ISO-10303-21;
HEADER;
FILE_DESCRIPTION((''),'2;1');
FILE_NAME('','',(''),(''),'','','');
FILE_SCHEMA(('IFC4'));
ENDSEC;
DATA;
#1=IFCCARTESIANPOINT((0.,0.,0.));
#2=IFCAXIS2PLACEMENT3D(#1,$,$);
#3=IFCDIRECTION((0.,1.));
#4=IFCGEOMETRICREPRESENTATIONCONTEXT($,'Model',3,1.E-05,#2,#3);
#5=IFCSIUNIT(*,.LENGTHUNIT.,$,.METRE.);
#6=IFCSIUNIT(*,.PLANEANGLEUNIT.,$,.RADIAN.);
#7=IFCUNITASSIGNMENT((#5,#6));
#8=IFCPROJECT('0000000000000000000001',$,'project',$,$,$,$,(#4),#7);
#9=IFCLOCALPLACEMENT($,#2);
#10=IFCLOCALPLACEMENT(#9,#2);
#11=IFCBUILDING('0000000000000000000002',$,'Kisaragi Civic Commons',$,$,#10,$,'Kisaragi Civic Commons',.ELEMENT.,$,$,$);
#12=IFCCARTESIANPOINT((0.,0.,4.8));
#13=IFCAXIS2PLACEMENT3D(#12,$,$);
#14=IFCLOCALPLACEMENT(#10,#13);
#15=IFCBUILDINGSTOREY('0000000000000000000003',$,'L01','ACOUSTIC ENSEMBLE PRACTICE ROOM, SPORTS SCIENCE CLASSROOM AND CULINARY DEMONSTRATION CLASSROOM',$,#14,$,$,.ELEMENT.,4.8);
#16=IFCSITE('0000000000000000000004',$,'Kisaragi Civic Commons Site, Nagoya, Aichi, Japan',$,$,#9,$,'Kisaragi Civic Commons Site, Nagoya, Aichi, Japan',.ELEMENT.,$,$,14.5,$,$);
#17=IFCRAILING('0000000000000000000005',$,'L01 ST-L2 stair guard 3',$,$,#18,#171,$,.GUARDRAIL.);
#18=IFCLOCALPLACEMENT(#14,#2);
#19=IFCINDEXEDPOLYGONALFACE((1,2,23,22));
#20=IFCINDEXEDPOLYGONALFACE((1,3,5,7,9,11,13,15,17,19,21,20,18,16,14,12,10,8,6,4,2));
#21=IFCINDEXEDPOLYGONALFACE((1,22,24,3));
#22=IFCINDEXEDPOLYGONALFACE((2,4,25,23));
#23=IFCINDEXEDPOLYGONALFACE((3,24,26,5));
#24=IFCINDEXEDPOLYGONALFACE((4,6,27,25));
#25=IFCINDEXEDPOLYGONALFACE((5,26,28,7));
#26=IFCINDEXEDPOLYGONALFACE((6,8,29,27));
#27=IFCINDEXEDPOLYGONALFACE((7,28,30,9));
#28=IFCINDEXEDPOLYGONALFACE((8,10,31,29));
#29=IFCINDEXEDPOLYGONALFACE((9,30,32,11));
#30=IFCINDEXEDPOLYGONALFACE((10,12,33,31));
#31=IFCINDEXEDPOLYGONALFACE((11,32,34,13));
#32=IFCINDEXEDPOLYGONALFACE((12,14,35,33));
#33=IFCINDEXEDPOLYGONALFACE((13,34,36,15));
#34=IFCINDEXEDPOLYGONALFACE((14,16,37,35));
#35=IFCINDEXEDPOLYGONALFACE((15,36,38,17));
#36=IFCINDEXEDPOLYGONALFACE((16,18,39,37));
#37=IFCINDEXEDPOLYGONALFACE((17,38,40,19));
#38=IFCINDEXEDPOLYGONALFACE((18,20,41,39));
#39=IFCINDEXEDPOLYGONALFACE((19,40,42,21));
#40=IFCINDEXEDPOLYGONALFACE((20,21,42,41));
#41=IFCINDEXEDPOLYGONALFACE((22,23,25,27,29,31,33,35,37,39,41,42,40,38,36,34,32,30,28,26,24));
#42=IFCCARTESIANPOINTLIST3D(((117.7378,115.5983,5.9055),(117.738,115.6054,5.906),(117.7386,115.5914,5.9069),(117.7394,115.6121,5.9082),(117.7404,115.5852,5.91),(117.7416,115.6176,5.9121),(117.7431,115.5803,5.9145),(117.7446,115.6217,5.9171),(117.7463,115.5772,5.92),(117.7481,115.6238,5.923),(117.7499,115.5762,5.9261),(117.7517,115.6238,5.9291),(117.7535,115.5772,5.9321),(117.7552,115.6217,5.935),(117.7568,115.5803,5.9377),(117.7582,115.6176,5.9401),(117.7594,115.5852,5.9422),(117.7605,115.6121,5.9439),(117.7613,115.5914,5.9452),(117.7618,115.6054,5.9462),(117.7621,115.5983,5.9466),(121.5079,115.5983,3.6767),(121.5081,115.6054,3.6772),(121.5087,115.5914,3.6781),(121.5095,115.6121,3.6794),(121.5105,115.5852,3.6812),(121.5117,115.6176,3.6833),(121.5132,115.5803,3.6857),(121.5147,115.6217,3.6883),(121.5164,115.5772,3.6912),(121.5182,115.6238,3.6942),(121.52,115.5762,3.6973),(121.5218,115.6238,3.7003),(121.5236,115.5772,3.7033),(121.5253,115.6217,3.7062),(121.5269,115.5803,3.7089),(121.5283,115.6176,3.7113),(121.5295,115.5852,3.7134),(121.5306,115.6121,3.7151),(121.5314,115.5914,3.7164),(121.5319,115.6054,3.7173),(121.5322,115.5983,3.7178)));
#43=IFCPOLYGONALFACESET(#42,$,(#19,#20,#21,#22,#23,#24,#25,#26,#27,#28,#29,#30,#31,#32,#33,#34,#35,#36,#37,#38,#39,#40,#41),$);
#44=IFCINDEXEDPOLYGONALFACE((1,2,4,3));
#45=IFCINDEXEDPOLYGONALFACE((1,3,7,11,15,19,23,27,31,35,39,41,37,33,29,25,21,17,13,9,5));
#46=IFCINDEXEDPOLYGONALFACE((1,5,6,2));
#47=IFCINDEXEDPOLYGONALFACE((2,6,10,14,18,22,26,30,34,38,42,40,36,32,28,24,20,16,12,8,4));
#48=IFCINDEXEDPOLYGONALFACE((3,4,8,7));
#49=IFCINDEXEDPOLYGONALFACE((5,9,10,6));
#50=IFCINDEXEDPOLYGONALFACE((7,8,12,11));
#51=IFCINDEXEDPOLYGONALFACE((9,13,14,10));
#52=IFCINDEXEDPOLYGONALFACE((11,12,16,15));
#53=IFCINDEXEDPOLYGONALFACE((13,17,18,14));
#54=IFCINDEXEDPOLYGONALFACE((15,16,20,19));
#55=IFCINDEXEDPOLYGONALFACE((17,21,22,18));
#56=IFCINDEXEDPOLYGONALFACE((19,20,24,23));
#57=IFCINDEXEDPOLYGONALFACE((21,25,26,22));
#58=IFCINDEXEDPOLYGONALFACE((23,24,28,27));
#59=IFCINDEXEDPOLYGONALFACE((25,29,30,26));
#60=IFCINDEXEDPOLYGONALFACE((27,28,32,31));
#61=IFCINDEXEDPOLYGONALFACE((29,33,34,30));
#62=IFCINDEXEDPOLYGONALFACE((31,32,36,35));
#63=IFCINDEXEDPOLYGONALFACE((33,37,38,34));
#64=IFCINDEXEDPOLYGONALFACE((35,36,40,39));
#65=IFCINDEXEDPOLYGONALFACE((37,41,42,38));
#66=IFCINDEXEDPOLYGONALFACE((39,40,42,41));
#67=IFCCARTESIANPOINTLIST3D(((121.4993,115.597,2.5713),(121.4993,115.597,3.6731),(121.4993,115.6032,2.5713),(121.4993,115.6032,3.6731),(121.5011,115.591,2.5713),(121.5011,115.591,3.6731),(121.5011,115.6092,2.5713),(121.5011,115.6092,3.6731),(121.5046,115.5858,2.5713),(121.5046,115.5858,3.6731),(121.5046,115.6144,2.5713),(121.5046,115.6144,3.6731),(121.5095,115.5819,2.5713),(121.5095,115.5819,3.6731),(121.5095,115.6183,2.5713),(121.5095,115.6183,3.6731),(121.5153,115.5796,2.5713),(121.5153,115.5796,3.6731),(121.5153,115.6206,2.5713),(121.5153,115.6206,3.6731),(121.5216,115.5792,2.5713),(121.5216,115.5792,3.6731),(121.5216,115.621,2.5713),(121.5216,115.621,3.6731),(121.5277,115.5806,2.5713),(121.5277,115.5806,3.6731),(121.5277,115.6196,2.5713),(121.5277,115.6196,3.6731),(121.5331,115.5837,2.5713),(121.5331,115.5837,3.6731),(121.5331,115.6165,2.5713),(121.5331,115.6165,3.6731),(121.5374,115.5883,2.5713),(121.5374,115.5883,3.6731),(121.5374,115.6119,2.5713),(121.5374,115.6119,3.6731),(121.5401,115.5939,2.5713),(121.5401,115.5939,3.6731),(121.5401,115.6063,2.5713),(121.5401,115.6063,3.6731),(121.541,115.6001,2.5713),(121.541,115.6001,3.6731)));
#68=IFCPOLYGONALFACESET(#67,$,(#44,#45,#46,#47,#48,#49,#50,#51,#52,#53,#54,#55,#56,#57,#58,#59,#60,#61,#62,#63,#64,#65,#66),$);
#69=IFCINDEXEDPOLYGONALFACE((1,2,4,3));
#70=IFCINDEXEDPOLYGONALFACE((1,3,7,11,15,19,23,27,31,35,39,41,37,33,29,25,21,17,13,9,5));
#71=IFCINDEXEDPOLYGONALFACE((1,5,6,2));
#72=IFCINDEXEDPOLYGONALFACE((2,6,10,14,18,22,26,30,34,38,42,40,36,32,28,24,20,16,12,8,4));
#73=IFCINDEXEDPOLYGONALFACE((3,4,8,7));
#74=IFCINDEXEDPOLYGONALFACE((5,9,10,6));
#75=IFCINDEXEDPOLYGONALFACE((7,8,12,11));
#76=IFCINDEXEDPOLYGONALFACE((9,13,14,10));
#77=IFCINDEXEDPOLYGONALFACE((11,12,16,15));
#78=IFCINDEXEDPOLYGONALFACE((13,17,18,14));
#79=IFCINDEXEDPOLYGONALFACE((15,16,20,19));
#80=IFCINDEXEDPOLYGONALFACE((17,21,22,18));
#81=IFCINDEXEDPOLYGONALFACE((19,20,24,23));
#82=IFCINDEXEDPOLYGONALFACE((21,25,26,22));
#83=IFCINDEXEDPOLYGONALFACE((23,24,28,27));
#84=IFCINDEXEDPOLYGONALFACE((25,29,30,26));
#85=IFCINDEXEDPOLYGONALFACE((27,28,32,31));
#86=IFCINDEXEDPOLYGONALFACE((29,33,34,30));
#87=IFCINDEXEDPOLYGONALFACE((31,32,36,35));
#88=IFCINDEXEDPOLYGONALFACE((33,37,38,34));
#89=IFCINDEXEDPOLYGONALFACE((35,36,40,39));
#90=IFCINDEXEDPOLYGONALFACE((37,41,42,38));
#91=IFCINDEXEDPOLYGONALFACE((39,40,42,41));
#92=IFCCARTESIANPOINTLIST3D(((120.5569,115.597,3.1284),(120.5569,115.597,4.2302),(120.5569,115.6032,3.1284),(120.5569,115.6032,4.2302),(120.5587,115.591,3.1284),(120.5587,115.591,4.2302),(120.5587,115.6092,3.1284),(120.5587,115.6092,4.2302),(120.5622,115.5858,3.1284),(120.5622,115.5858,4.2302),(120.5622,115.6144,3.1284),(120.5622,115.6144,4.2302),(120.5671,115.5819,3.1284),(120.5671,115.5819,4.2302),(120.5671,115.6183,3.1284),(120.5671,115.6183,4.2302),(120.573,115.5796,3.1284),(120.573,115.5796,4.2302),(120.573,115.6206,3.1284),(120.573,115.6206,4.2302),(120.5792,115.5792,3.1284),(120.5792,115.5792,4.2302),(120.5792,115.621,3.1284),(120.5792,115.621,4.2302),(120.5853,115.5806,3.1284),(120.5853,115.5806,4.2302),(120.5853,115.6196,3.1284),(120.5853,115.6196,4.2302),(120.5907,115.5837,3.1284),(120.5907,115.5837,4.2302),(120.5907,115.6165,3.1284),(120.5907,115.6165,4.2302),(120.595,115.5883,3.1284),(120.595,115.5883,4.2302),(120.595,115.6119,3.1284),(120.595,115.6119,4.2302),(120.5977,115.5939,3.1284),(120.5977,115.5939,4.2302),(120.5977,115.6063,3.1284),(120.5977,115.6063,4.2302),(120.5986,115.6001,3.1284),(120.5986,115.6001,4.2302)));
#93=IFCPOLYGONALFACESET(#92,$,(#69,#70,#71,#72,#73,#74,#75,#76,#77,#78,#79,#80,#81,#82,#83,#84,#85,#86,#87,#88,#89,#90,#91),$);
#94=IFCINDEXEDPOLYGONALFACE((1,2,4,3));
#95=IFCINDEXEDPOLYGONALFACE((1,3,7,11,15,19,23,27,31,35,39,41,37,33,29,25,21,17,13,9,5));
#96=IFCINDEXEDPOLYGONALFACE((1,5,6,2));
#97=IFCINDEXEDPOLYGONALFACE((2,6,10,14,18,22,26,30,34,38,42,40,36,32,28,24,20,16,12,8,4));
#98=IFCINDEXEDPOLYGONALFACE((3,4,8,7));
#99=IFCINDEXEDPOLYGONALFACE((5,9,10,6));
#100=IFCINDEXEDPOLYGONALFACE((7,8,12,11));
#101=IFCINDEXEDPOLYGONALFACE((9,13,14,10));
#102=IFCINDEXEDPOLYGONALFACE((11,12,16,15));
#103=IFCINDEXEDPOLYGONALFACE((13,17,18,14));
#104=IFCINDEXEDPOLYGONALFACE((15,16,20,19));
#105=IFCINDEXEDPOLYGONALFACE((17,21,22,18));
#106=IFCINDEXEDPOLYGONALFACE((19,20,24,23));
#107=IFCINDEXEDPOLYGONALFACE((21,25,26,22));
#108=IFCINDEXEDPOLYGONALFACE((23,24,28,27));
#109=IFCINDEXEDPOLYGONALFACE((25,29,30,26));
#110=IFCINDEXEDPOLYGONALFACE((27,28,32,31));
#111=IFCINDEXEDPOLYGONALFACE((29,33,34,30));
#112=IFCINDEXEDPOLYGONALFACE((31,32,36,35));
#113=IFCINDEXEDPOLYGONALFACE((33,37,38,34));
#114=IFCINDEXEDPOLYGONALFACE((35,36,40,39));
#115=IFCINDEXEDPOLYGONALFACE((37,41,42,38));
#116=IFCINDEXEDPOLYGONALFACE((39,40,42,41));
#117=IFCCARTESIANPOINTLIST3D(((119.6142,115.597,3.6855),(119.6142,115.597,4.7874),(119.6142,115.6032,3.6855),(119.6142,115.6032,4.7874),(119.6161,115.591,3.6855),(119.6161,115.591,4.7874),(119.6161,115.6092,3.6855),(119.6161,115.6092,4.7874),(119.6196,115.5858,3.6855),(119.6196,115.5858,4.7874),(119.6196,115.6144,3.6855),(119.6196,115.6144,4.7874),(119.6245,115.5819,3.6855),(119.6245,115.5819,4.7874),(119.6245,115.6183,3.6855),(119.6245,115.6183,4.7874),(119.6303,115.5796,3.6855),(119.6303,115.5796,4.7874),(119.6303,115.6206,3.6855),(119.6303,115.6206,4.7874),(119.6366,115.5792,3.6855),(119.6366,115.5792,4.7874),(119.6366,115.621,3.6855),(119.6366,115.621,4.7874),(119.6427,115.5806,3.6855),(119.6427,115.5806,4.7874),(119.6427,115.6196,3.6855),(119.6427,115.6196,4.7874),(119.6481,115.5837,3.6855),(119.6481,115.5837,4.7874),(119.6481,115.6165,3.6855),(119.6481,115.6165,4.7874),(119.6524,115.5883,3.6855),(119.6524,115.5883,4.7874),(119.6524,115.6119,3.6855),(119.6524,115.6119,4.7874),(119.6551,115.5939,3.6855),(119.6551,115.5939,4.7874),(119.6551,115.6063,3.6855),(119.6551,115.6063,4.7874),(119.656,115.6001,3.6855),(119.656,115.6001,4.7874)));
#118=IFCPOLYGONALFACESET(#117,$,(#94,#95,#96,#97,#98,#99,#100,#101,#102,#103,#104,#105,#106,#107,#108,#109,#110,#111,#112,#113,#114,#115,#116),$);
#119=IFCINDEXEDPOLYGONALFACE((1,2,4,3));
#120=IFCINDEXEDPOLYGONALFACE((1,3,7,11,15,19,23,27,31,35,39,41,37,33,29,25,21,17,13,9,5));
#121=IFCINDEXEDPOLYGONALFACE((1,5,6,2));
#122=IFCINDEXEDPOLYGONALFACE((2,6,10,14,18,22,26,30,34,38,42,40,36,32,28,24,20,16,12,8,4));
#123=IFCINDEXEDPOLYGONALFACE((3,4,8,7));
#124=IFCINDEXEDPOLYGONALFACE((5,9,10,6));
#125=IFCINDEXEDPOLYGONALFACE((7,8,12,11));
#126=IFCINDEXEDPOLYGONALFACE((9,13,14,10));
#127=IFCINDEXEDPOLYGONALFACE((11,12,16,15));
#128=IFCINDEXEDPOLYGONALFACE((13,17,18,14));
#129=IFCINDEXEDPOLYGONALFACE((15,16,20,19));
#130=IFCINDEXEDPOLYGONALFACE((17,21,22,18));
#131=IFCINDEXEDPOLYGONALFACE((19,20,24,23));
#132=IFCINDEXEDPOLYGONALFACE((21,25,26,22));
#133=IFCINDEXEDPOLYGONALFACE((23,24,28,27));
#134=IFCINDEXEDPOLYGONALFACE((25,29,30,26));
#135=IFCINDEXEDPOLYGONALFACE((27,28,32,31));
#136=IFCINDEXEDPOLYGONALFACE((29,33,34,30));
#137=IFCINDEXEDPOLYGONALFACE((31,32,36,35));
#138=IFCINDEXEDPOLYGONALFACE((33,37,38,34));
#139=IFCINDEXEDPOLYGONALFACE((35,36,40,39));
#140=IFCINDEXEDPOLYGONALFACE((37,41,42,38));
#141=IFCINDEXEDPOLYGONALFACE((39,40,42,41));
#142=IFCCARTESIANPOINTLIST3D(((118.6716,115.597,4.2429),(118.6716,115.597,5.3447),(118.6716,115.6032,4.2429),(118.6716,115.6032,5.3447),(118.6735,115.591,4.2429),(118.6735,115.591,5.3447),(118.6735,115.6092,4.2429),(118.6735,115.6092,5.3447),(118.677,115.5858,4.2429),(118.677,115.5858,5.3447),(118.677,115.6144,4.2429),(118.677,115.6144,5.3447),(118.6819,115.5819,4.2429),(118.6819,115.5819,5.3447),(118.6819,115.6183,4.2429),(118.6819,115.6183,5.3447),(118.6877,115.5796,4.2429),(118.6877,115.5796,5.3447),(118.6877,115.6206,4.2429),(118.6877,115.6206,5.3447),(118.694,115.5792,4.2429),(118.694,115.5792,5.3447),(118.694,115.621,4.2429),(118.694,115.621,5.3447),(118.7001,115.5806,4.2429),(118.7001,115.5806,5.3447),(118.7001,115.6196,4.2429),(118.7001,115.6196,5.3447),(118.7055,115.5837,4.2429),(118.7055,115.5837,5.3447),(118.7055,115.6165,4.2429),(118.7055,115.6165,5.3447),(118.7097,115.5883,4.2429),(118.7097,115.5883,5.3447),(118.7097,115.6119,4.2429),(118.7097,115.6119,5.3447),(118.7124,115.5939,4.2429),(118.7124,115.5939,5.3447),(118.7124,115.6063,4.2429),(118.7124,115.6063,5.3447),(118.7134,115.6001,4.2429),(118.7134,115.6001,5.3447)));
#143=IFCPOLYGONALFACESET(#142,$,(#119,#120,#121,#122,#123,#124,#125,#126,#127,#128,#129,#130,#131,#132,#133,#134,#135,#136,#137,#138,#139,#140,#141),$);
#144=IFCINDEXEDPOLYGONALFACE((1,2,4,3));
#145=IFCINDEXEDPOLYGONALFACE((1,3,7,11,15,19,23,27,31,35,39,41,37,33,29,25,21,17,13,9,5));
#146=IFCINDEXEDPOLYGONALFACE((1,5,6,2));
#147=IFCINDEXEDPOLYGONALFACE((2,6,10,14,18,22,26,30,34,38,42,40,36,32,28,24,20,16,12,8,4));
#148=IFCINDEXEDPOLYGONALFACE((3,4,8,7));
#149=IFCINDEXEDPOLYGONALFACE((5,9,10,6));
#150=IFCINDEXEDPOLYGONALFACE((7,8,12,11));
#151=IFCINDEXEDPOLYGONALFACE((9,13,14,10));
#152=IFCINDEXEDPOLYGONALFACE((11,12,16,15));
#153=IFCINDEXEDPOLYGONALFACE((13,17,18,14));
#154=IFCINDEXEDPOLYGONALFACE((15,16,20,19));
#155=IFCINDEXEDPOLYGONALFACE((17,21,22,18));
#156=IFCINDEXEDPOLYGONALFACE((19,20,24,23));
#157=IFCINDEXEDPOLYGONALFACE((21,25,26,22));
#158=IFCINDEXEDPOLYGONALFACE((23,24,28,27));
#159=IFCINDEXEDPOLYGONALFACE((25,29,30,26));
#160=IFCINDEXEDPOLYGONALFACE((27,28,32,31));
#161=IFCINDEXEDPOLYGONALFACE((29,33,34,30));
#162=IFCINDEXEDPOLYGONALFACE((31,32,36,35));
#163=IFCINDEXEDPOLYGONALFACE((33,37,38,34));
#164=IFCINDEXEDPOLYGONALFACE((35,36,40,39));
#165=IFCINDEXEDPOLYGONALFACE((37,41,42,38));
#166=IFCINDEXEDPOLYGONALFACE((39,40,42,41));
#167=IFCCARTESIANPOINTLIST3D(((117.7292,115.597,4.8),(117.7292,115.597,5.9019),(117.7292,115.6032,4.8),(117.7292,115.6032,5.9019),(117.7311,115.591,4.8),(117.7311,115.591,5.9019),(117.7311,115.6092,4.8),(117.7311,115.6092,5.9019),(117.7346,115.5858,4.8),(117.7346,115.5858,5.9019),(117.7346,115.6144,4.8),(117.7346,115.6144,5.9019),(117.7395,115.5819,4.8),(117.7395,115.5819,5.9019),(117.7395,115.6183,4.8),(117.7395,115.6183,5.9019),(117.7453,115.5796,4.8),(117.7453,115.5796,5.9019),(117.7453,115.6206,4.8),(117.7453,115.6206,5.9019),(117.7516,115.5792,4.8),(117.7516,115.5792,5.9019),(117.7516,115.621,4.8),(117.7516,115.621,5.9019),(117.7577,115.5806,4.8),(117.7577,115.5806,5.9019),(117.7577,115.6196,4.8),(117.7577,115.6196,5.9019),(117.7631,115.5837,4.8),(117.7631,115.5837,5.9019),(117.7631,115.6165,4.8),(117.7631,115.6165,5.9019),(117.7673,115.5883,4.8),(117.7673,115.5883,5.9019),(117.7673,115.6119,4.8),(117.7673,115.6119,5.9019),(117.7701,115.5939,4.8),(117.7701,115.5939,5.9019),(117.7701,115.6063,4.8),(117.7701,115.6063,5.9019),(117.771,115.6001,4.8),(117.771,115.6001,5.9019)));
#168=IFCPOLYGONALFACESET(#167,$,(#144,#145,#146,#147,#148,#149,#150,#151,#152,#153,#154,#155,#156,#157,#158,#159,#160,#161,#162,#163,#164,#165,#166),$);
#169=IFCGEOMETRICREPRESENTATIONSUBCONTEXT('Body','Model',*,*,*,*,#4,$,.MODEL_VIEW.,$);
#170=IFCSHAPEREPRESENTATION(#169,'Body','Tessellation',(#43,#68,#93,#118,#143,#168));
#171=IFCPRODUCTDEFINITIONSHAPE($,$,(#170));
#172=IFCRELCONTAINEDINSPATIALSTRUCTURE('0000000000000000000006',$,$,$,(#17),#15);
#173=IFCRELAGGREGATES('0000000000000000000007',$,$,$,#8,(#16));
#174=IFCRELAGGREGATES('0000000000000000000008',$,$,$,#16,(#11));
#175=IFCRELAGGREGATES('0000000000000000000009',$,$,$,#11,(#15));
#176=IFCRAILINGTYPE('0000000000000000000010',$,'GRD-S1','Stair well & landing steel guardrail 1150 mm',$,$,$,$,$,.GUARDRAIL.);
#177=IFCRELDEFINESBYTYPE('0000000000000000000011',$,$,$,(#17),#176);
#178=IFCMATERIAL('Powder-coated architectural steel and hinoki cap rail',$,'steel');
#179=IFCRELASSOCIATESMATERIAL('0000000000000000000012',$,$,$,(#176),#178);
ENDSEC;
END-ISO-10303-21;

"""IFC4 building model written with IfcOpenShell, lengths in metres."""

from ifc_helpers import new_model, si_unit, direction, frame, origin, origin_2d, place, context, subcontext, project, spatial, circle, extrude, material, type_object, element, save


model = new_model("IFC4")

# Units and contexts
model_context = context("Model", 3, precision=1e-05, world=origin(), true_north=direction((0.0, 1.0)))
body_context = subcontext(model_context, "Body", "Model", "MODEL_VIEW")
ifc_project = project(units=[si_unit("LENGTHUNIT", "METRE"), si_unit("PLANEANGLEUNIT", "RADIAN")], contexts=[model_context])

# Site, building, storey
site_placement = place(None, origin())
site = spatial("IfcSite", under=ifc_project, at=site_placement, Name="Kisaragi Civic Commons Site, Nagoya, Aichi, Japan", LongName="Kisaragi Civic Commons Site, Nagoya, Aichi, Japan", CompositionType="ELEMENT", RefElevation=14.5)
building_placement = place(site_placement, origin())
building = spatial("IfcBuilding", under=site, at=building_placement, Name="Kisaragi Civic Commons", LongName="Kisaragi Civic Commons", CompositionType="ELEMENT")
storey_placement = place(building_placement, frame((0.0, 0.0, 4.8)))
storey = spatial("IfcBuildingStorey", under=building, at=storey_placement, Name="L01", Description="ACOUSTIC ENSEMBLE PRACTICE ROOM, SPORTS SCIENCE CLASSROOM AND CULINARY DEMONSTRATION CLASSROOM", CompositionType="ELEMENT", Elevation=4.8)

# Railing
ifc_material_1 = material(Name="Powder-coated architectural steel and hinoki cap rail", Category="steel")
railing_type_1 = type_object("IfcRailingType", Name="GRD-S1", Description="Stair well & landing steel guardrail 1150 mm", PredefinedType="GUARDRAIL", material=ifc_material_1)
railing_1_placement = place(storey_placement, frame((121.52, 115.6001, 2.5713)))
element("IfcRailing", 1, at=railing_1_placement, inside=storey, type_object=railing_type_1, Name="L01 ST-L2 stair guard 3", PredefinedType="GUARDRAIL", context=body_context, shape_type="SweptSolid", body=[
    extrude(circle(Radius=0.0239, at=origin_2d()), frame((0.0, 0.0, 1.126), z_axis=(-0.860824, 0.0, 0.508902), x_axis=(0.0, -1.0, 0.0)), (0.0, 0.0, 1.0), 4.3796),
    extrude(circle(Radius=0.021, at=origin_2d()), origin(), (0.0, 0.0, 1.0), 1.1018),
    extrude(circle(Radius=0.021, at=origin_2d()), frame((-0.9424, 0.0, 0.5571)), (0.0, 0.0, 1.0), 1.1018),
    extrude(circle(Radius=0.021, at=origin_2d()), frame((-1.885, 0.0, 1.1143)), (0.0, 0.0, 1.0), 1.1018),
    extrude(circle(Radius=0.021, at=origin_2d()), frame((-2.8276, 0.0, 1.6716)), (0.0, 0.0, 1.0), 1.1018),
    extrude(circle(Radius=0.021, at=origin_2d()), frame((-3.77, 0.0, 2.2288)), (0.0, 0.0, 1.0), 1.1018),
])

save(model, "model.ifc")
